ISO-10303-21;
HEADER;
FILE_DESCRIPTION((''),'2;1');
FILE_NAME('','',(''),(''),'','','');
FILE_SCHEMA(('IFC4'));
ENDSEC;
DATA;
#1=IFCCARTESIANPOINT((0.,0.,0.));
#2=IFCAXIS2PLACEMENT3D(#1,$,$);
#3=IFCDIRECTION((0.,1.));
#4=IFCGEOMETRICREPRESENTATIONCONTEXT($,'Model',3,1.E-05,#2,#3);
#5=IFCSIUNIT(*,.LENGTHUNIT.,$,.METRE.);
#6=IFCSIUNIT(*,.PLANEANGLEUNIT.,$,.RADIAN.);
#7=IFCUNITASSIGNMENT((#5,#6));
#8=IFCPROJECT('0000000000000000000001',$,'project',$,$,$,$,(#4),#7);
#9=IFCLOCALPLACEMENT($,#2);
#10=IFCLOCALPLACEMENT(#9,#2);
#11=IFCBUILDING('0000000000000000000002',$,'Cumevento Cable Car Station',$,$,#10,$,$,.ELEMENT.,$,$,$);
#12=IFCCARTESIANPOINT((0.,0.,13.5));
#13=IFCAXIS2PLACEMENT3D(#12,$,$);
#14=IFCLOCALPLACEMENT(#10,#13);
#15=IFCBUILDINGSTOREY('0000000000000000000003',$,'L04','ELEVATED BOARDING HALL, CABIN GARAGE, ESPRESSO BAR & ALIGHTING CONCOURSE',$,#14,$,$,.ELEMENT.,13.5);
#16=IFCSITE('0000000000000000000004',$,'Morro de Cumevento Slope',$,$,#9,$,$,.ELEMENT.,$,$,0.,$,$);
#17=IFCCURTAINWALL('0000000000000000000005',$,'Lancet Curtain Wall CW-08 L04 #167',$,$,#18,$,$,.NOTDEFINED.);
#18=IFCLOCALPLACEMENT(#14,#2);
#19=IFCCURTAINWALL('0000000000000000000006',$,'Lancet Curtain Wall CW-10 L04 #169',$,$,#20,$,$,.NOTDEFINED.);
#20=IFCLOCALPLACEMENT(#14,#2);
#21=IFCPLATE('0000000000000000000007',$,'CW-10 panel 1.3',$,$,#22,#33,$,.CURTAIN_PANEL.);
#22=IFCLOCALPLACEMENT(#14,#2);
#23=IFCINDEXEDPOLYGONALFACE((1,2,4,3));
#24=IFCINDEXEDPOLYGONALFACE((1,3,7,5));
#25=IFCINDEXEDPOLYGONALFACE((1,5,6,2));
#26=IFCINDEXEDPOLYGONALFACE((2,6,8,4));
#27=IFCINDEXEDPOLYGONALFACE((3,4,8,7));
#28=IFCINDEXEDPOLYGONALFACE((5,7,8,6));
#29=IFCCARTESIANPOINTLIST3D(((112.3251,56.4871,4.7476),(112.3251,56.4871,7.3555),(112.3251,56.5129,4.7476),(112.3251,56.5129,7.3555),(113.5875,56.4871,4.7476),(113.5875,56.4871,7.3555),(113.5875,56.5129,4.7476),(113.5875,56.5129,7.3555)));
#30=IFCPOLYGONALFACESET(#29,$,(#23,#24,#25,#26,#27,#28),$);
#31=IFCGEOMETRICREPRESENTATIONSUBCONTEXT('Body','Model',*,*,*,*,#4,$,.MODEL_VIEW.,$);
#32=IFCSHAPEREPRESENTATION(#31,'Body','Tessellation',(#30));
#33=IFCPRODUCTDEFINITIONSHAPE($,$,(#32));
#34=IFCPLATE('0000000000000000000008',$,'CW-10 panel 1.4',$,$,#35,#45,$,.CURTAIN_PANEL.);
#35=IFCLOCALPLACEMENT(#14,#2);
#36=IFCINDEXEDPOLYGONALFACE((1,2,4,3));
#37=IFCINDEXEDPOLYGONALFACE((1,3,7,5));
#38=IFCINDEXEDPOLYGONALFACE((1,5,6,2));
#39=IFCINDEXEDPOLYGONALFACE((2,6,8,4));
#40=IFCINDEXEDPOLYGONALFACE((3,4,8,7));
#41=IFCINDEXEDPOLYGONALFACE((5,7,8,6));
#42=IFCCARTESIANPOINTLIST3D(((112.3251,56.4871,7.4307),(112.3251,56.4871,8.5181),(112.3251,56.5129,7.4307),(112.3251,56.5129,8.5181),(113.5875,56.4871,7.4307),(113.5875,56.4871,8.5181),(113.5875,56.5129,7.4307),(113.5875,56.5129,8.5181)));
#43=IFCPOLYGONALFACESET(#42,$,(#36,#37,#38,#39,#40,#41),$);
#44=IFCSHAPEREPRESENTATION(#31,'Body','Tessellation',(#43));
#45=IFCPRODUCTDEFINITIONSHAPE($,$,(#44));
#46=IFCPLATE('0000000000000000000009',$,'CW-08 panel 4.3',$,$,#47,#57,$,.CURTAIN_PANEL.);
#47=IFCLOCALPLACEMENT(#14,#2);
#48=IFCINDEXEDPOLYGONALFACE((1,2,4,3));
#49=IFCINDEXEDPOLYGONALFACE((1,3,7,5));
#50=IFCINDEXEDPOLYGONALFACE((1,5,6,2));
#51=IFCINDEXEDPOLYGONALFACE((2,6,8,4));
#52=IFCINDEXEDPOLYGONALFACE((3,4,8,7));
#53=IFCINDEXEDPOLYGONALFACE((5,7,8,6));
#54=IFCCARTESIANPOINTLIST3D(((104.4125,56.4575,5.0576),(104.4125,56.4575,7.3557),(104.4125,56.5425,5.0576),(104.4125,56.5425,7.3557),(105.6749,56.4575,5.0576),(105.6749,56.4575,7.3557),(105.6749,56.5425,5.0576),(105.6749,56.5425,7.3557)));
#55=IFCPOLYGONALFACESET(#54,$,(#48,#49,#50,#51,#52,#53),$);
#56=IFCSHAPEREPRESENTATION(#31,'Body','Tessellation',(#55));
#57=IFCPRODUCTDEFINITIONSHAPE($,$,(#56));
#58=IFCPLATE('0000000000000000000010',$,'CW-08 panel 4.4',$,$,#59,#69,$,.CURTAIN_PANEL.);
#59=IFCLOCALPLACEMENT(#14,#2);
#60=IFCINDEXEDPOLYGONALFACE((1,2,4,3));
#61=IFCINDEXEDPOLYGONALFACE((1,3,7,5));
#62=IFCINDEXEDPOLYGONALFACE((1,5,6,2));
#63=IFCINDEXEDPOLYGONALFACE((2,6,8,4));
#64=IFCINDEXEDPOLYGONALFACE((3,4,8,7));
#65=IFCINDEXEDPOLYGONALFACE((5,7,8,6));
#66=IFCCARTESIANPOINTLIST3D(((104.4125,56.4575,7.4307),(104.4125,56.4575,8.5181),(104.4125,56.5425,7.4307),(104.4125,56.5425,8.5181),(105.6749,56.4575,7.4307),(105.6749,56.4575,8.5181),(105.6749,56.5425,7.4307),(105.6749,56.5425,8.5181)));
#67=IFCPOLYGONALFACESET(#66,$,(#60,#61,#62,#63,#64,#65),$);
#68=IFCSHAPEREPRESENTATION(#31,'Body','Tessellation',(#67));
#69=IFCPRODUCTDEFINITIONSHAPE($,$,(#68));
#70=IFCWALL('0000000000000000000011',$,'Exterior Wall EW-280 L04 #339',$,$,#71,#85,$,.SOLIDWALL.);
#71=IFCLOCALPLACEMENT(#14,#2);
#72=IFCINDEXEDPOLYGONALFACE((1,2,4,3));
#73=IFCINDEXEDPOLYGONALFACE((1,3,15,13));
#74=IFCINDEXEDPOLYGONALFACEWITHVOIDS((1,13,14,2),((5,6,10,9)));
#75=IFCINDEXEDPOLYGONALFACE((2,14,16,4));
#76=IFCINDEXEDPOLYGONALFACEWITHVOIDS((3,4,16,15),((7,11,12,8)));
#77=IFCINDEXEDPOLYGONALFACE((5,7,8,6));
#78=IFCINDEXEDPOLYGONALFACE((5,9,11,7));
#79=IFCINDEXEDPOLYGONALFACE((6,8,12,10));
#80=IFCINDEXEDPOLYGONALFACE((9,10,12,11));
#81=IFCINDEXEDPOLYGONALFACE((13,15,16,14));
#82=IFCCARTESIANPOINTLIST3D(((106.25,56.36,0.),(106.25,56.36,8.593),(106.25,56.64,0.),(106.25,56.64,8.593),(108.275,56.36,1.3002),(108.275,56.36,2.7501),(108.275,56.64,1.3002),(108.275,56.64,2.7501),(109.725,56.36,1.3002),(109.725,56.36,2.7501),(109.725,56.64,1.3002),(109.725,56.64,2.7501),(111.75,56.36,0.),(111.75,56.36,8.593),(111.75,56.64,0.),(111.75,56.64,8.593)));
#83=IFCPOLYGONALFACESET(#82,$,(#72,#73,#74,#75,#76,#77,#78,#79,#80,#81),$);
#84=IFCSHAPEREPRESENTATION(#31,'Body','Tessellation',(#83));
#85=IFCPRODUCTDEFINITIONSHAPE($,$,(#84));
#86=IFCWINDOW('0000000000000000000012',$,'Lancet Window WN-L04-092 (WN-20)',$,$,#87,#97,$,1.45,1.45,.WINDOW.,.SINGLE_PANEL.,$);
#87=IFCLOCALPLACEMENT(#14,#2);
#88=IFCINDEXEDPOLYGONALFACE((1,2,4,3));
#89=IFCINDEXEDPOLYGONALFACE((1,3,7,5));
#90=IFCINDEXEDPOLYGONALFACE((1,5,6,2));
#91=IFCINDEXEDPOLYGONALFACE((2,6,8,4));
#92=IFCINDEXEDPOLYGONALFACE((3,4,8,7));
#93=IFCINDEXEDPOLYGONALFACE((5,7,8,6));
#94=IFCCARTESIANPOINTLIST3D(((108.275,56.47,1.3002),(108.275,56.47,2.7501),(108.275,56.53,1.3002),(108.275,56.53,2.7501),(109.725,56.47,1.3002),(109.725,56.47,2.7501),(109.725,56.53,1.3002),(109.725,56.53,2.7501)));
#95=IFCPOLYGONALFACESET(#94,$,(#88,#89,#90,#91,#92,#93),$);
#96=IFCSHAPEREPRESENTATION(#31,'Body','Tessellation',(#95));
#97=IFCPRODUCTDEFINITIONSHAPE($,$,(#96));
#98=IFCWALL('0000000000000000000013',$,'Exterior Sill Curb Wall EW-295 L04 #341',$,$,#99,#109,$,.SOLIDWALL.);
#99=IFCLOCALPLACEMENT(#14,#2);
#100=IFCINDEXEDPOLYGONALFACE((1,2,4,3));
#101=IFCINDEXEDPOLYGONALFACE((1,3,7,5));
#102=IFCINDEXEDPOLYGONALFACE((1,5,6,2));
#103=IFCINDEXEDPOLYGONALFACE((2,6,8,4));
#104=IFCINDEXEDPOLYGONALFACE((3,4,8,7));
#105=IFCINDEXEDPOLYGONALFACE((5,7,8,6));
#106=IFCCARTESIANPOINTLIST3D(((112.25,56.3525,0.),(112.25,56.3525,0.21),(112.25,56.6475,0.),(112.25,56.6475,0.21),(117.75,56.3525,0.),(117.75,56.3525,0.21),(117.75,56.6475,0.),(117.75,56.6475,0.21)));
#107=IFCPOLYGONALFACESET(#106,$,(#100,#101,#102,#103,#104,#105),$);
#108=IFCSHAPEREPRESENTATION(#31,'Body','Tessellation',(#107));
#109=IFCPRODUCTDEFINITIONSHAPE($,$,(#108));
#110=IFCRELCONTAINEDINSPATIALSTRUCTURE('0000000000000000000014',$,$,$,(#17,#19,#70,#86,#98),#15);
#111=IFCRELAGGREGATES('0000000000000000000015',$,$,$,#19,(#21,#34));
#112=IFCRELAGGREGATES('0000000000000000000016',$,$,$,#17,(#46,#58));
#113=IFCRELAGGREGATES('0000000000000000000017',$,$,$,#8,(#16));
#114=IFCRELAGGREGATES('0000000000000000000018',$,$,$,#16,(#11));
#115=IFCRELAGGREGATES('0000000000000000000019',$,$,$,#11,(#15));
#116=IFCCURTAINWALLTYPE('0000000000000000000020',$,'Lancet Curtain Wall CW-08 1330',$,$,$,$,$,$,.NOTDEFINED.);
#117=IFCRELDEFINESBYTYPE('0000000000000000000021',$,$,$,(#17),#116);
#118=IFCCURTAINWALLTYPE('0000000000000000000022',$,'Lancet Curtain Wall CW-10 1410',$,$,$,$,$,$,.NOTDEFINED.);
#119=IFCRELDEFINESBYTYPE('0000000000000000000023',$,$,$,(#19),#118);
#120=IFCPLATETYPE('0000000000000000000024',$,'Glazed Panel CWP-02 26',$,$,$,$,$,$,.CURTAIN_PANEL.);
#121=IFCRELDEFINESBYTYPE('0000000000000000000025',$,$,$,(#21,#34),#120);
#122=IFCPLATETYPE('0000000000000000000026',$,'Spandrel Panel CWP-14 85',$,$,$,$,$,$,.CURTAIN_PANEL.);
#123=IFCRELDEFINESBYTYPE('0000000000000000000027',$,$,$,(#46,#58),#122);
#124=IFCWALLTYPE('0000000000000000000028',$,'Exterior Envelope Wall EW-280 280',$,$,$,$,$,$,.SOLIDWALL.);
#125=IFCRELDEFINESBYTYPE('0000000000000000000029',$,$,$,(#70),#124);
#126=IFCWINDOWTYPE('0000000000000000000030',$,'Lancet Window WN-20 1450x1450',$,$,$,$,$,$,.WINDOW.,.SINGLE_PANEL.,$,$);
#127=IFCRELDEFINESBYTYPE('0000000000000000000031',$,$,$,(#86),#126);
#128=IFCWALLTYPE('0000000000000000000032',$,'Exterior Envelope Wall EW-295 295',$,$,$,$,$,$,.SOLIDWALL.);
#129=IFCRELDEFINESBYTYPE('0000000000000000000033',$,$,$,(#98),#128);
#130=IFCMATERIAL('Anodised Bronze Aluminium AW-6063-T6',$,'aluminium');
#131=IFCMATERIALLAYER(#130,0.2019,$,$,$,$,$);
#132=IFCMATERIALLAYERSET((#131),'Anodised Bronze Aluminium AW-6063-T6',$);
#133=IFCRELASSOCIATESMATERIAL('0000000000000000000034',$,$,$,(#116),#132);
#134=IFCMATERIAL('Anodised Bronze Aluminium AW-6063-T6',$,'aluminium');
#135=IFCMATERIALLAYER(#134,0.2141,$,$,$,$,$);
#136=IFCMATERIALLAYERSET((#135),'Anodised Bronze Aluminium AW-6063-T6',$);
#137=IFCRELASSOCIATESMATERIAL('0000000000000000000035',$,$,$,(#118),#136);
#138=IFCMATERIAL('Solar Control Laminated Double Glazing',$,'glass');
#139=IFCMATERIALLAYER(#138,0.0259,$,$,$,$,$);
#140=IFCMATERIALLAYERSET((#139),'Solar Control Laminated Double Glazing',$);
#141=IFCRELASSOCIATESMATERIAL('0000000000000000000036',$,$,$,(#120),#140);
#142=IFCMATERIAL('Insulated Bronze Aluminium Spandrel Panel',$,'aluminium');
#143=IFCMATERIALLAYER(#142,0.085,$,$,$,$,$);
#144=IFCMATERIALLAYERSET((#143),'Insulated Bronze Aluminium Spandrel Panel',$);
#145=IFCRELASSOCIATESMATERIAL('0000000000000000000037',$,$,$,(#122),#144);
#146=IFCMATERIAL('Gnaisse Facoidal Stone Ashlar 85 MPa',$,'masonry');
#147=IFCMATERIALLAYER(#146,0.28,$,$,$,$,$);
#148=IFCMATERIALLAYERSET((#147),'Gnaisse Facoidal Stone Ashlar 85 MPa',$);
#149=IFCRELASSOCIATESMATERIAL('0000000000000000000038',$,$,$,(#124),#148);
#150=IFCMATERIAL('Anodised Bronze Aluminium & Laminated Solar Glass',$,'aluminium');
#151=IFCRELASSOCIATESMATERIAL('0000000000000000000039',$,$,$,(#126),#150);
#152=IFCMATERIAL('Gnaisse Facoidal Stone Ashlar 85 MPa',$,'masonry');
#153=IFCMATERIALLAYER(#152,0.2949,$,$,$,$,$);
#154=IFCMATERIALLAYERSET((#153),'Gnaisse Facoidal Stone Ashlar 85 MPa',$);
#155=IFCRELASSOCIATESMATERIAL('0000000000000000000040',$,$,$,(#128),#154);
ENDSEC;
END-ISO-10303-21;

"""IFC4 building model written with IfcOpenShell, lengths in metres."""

from ifc_helpers import new_model, si_unit, direction, frame, frame_2d, origin, origin_2d, place, context, subcontext, project, spatial, rectangle, extrude, material, layer, layer_set, type_object, element, fill, aggregate, save


model = new_model("IFC4")

# Units and contexts
model_context = context("Model", 3, precision=1e-05, world=origin(), true_north=direction((0.0, 1.0)))
body_context = subcontext(model_context, "Body", "Model", "MODEL_VIEW")
ifc_project = project(units=[si_unit("LENGTHUNIT", "METRE"), si_unit("PLANEANGLEUNIT", "RADIAN")], contexts=[model_context])

# Site, building, storey
site_placement = place(None, origin())
site = spatial("IfcSite", under=ifc_project, at=site_placement, Name="Morro de Cumevento Slope", CompositionType="ELEMENT", RefElevation=0.0)
building_placement = place(site_placement, origin())
building = spatial("IfcBuilding", under=site, at=building_placement, Name="Cumevento Cable Car Station", CompositionType="ELEMENT")
storey_placement = place(building_placement, frame((0.0, 0.0, 13.5)))
storey = spatial("IfcBuildingStorey", under=building, at=storey_placement, Name="L04", Description="ELEVATED BOARDING HALL, CABIN GARAGE, ESPRESSO BAR & ALIGHTING CONCOURSE", CompositionType="ELEMENT", Elevation=13.5)

# Curtain wall
ifc_material_1 = material(Name="Anodised Bronze Aluminium AW-6063-T6", Category="aluminium")
ifc_layer_1 = layer(ifc_material_1, 0.2019)
ifc_layer_set_1 = layer_set([ifc_layer_1], Name="Anodised Bronze Aluminium AW-6063-T6")
curtain_wall_type_1 = type_object("IfcCurtainWallType", Name="Lancet Curtain Wall CW-08 1330", PredefinedType="NOTDEFINED", material=ifc_layer_set_1)
curtain_wall_1_placement = place(storey_placement, origin())
curtain_wall_1 = element("IfcCurtainWall", 1, at=curtain_wall_1_placement, inside=storey, type_object=curtain_wall_type_1, Name="Lancet Curtain Wall CW-08 L04 #167", PredefinedType="NOTDEFINED")

# Curtain wall, plates
ifc_material_2 = material(Name="Anodised Bronze Aluminium AW-6063-T6", Category="aluminium")
ifc_layer_2 = layer(ifc_material_2, 0.2141)
ifc_layer_set_2 = layer_set([ifc_layer_2], Name="Anodised Bronze Aluminium AW-6063-T6")
curtain_wall_type_2 = type_object("IfcCurtainWallType", Name="Lancet Curtain Wall CW-10 1410", PredefinedType="NOTDEFINED", material=ifc_layer_set_2)
curtain_wall_2_placement = place(storey_placement, origin())
curtain_wall_2 = element("IfcCurtainWall", 2, at=curtain_wall_2_placement, inside=storey, type_object=curtain_wall_type_2, Name="Lancet Curtain Wall CW-10 L04 #169", PredefinedType="NOTDEFINED")
ifc_material_3 = material(Name="Solar Control Laminated Double Glazing", Category="glass")
ifc_layer_3 = layer(ifc_material_3, 0.0259)
ifc_layer_set_3 = layer_set([ifc_layer_3], Name="Solar Control Laminated Double Glazing")
plate_type_1 = type_object("IfcPlateType", Name="Glazed Panel CWP-02 26", PredefinedType="CURTAIN_PANEL", material=ifc_layer_set_3)
plate_1_placement = place(storey_placement, frame((112.9563, 56.5, 4.7476), z_axis=(0.0, 0.0, 1.0), x_axis=(1.0, 0.0, 0.0)))
plate_1 = element("IfcPlate", 3, at=plate_1_placement, type_object=plate_type_1, Name="CW-10 panel 1.3", PredefinedType="CURTAIN_PANEL", context=body_context, shape_type="SweptSolid", body=[
    extrude(rectangle(XDim=1.2625, YDim=0.0259, at=origin_2d()), origin(), (0.0, 0.0, 1.0), 2.6079),
])
plate_2_placement = place(storey_placement, frame((112.9563, 56.5, 7.4307), z_axis=(0.0, 0.0, 1.0), x_axis=(1.0, 0.0, 0.0)))
plate_2 = element("IfcPlate", 4, at=plate_2_placement, type_object=plate_type_1, Name="CW-10 panel 1.4", PredefinedType="CURTAIN_PANEL", context=body_context, shape_type="SweptSolid", body=[
    extrude(rectangle(XDim=1.2625, YDim=0.0259, at=origin_2d()), origin(), (0.0, 0.0, 1.0), 1.0874),
])
aggregate(curtain_wall_2, [plate_1, plate_2])

# Plates
ifc_material_4 = material(Name="Insulated Bronze Aluminium Spandrel Panel", Category="aluminium")
ifc_layer_4 = layer(ifc_material_4, 0.085)
ifc_layer_set_4 = layer_set([ifc_layer_4], Name="Insulated Bronze Aluminium Spandrel Panel")
plate_type_2 = type_object("IfcPlateType", Name="Spandrel Panel CWP-14 85", PredefinedType="CURTAIN_PANEL", material=ifc_layer_set_4)
plate_3_placement = place(storey_placement, frame((105.0437, 56.5, 5.0576), z_axis=(0.0, 0.0, 1.0), x_axis=(1.0, 0.0, 0.0)))
plate_3 = element("IfcPlate", 5, at=plate_3_placement, type_object=plate_type_2, Name="CW-08 panel 4.3", PredefinedType="CURTAIN_PANEL", context=body_context, shape_type="SweptSolid", body=[
    extrude(rectangle(XDim=1.2625, YDim=0.085, at=origin_2d()), origin(), (0.0, 0.0, 1.0), 2.2981),
])
plate_4_placement = place(storey_placement, frame((105.0437, 56.5, 7.4307), z_axis=(0.0, 0.0, 1.0), x_axis=(1.0, 0.0, 0.0)))
plate_4 = element("IfcPlate", 6, at=plate_4_placement, type_object=plate_type_2, Name="CW-08 panel 4.4", PredefinedType="CURTAIN_PANEL", context=body_context, shape_type="SweptSolid", body=[
    extrude(rectangle(XDim=1.2625, YDim=0.085, at=origin_2d()), origin(), (0.0, 0.0, 1.0), 1.0874),
])
aggregate(curtain_wall_1, [plate_3, plate_4])

# Wall, opening, window
ifc_material_5 = material(Name="Gnaisse Facoidal Stone Ashlar 85 MPa", Category="masonry")
ifc_layer_5 = layer(ifc_material_5, 0.28)
ifc_layer_set_5 = layer_set([ifc_layer_5], Name="Gnaisse Facoidal Stone Ashlar 85 MPa")
wall_type_1 = type_object("IfcWallType", Name="Exterior Envelope Wall EW-280 280", PredefinedType="SOLIDWALL", material=ifc_layer_set_5)
wall_1_placement = place(storey_placement, frame((106.25, 56.5, 0.0), z_axis=(0.0, 0.0, 1.0), x_axis=(1.0, 0.0, 0.0)))
wall_1 = element("IfcWall", 7, at=wall_1_placement, inside=storey, type_object=wall_type_1, Name="Exterior Wall EW-280 L04 #339", PredefinedType="SOLIDWALL", context=body_context, shape_type="SweptSolid", body=[
    extrude(rectangle(XDim=5.5, YDim=0.28, at=frame_2d((2.75, 0.0))), origin(), (0.0, 0.0, 1.0), 8.593),
])
opening_placement = place(wall_1_placement, frame((2.0249, 0.0, 1.3)))
opening = element("IfcOpeningElement", 8, at=opening_placement, cuts=wall_1, PredefinedType="OPENING", context=body_context, shape_type="SweptSolid", body=[
    extrude(rectangle(XDim=1.45, YDim=1.45, at=frame_2d((0.7251, 0.7251))), frame((0.0, 0.1501, 0.0), z_axis=(0.0, -1.0, 0.0), x_axis=(1.0, 0.0, 0.0)), (0.0, 0.0, 1.0), 0.3),
])
ifc_material_6 = material(Name="Anodised Bronze Aluminium & Laminated Solar Glass", Category="aluminium")
window_type = type_object("IfcWindowType", Name="Lancet Window WN-20 1450x1450", PartitioningType="SINGLE_PANEL", PredefinedType="WINDOW", material=ifc_material_6)
window_placement = place(opening_placement, origin())
window = element("IfcWindow", 9, at=window_placement, inside=storey, type_object=window_type, Name="Lancet Window WN-L04-092 (WN-20)", OverallHeight=1.45, OverallWidth=1.45, PartitioningType="SINGLE_PANEL", PredefinedType="WINDOW", context=body_context, shape_type="SweptSolid", body=[
    extrude(rectangle(XDim=1.45, YDim=1.45, at=frame_2d((0.7251, 0.7251))), frame((0.0, 0.03, 0.0), z_axis=(0.0, -1.0, 0.0), x_axis=(1.0, 0.0, 0.0)), (0.0, 0.0, 1.0), 0.0601),
])
fill(opening, window)

# Wall
ifc_material_7 = material(Name="Gnaisse Facoidal Stone Ashlar 85 MPa", Category="masonry")
ifc_layer_6 = layer(ifc_material_7, 0.2949)
ifc_layer_set_6 = layer_set([ifc_layer_6], Name="Gnaisse Facoidal Stone Ashlar 85 MPa")
wall_type_2 = type_object("IfcWallType", Name="Exterior Envelope Wall EW-295 295", PredefinedType="SOLIDWALL", material=ifc_layer_set_6)
wall_2_placement = place(storey_placement, frame((112.25, 56.5, 0.0), z_axis=(0.0, 0.0, 1.0), x_axis=(1.0, 0.0, 0.0)))
element("IfcWall", 10, at=wall_2_placement, inside=storey, type_object=wall_type_2, Name="Exterior Sill Curb Wall EW-295 L04 #341", PredefinedType="SOLIDWALL", context=body_context, shape_type="SweptSolid", body=[
    extrude(rectangle(XDim=5.5, YDim=0.2949, at=frame_2d((2.75, 0.0))), origin(), (0.0, 0.0, 1.0), 0.21),
])

save(model, "model.ifc")
